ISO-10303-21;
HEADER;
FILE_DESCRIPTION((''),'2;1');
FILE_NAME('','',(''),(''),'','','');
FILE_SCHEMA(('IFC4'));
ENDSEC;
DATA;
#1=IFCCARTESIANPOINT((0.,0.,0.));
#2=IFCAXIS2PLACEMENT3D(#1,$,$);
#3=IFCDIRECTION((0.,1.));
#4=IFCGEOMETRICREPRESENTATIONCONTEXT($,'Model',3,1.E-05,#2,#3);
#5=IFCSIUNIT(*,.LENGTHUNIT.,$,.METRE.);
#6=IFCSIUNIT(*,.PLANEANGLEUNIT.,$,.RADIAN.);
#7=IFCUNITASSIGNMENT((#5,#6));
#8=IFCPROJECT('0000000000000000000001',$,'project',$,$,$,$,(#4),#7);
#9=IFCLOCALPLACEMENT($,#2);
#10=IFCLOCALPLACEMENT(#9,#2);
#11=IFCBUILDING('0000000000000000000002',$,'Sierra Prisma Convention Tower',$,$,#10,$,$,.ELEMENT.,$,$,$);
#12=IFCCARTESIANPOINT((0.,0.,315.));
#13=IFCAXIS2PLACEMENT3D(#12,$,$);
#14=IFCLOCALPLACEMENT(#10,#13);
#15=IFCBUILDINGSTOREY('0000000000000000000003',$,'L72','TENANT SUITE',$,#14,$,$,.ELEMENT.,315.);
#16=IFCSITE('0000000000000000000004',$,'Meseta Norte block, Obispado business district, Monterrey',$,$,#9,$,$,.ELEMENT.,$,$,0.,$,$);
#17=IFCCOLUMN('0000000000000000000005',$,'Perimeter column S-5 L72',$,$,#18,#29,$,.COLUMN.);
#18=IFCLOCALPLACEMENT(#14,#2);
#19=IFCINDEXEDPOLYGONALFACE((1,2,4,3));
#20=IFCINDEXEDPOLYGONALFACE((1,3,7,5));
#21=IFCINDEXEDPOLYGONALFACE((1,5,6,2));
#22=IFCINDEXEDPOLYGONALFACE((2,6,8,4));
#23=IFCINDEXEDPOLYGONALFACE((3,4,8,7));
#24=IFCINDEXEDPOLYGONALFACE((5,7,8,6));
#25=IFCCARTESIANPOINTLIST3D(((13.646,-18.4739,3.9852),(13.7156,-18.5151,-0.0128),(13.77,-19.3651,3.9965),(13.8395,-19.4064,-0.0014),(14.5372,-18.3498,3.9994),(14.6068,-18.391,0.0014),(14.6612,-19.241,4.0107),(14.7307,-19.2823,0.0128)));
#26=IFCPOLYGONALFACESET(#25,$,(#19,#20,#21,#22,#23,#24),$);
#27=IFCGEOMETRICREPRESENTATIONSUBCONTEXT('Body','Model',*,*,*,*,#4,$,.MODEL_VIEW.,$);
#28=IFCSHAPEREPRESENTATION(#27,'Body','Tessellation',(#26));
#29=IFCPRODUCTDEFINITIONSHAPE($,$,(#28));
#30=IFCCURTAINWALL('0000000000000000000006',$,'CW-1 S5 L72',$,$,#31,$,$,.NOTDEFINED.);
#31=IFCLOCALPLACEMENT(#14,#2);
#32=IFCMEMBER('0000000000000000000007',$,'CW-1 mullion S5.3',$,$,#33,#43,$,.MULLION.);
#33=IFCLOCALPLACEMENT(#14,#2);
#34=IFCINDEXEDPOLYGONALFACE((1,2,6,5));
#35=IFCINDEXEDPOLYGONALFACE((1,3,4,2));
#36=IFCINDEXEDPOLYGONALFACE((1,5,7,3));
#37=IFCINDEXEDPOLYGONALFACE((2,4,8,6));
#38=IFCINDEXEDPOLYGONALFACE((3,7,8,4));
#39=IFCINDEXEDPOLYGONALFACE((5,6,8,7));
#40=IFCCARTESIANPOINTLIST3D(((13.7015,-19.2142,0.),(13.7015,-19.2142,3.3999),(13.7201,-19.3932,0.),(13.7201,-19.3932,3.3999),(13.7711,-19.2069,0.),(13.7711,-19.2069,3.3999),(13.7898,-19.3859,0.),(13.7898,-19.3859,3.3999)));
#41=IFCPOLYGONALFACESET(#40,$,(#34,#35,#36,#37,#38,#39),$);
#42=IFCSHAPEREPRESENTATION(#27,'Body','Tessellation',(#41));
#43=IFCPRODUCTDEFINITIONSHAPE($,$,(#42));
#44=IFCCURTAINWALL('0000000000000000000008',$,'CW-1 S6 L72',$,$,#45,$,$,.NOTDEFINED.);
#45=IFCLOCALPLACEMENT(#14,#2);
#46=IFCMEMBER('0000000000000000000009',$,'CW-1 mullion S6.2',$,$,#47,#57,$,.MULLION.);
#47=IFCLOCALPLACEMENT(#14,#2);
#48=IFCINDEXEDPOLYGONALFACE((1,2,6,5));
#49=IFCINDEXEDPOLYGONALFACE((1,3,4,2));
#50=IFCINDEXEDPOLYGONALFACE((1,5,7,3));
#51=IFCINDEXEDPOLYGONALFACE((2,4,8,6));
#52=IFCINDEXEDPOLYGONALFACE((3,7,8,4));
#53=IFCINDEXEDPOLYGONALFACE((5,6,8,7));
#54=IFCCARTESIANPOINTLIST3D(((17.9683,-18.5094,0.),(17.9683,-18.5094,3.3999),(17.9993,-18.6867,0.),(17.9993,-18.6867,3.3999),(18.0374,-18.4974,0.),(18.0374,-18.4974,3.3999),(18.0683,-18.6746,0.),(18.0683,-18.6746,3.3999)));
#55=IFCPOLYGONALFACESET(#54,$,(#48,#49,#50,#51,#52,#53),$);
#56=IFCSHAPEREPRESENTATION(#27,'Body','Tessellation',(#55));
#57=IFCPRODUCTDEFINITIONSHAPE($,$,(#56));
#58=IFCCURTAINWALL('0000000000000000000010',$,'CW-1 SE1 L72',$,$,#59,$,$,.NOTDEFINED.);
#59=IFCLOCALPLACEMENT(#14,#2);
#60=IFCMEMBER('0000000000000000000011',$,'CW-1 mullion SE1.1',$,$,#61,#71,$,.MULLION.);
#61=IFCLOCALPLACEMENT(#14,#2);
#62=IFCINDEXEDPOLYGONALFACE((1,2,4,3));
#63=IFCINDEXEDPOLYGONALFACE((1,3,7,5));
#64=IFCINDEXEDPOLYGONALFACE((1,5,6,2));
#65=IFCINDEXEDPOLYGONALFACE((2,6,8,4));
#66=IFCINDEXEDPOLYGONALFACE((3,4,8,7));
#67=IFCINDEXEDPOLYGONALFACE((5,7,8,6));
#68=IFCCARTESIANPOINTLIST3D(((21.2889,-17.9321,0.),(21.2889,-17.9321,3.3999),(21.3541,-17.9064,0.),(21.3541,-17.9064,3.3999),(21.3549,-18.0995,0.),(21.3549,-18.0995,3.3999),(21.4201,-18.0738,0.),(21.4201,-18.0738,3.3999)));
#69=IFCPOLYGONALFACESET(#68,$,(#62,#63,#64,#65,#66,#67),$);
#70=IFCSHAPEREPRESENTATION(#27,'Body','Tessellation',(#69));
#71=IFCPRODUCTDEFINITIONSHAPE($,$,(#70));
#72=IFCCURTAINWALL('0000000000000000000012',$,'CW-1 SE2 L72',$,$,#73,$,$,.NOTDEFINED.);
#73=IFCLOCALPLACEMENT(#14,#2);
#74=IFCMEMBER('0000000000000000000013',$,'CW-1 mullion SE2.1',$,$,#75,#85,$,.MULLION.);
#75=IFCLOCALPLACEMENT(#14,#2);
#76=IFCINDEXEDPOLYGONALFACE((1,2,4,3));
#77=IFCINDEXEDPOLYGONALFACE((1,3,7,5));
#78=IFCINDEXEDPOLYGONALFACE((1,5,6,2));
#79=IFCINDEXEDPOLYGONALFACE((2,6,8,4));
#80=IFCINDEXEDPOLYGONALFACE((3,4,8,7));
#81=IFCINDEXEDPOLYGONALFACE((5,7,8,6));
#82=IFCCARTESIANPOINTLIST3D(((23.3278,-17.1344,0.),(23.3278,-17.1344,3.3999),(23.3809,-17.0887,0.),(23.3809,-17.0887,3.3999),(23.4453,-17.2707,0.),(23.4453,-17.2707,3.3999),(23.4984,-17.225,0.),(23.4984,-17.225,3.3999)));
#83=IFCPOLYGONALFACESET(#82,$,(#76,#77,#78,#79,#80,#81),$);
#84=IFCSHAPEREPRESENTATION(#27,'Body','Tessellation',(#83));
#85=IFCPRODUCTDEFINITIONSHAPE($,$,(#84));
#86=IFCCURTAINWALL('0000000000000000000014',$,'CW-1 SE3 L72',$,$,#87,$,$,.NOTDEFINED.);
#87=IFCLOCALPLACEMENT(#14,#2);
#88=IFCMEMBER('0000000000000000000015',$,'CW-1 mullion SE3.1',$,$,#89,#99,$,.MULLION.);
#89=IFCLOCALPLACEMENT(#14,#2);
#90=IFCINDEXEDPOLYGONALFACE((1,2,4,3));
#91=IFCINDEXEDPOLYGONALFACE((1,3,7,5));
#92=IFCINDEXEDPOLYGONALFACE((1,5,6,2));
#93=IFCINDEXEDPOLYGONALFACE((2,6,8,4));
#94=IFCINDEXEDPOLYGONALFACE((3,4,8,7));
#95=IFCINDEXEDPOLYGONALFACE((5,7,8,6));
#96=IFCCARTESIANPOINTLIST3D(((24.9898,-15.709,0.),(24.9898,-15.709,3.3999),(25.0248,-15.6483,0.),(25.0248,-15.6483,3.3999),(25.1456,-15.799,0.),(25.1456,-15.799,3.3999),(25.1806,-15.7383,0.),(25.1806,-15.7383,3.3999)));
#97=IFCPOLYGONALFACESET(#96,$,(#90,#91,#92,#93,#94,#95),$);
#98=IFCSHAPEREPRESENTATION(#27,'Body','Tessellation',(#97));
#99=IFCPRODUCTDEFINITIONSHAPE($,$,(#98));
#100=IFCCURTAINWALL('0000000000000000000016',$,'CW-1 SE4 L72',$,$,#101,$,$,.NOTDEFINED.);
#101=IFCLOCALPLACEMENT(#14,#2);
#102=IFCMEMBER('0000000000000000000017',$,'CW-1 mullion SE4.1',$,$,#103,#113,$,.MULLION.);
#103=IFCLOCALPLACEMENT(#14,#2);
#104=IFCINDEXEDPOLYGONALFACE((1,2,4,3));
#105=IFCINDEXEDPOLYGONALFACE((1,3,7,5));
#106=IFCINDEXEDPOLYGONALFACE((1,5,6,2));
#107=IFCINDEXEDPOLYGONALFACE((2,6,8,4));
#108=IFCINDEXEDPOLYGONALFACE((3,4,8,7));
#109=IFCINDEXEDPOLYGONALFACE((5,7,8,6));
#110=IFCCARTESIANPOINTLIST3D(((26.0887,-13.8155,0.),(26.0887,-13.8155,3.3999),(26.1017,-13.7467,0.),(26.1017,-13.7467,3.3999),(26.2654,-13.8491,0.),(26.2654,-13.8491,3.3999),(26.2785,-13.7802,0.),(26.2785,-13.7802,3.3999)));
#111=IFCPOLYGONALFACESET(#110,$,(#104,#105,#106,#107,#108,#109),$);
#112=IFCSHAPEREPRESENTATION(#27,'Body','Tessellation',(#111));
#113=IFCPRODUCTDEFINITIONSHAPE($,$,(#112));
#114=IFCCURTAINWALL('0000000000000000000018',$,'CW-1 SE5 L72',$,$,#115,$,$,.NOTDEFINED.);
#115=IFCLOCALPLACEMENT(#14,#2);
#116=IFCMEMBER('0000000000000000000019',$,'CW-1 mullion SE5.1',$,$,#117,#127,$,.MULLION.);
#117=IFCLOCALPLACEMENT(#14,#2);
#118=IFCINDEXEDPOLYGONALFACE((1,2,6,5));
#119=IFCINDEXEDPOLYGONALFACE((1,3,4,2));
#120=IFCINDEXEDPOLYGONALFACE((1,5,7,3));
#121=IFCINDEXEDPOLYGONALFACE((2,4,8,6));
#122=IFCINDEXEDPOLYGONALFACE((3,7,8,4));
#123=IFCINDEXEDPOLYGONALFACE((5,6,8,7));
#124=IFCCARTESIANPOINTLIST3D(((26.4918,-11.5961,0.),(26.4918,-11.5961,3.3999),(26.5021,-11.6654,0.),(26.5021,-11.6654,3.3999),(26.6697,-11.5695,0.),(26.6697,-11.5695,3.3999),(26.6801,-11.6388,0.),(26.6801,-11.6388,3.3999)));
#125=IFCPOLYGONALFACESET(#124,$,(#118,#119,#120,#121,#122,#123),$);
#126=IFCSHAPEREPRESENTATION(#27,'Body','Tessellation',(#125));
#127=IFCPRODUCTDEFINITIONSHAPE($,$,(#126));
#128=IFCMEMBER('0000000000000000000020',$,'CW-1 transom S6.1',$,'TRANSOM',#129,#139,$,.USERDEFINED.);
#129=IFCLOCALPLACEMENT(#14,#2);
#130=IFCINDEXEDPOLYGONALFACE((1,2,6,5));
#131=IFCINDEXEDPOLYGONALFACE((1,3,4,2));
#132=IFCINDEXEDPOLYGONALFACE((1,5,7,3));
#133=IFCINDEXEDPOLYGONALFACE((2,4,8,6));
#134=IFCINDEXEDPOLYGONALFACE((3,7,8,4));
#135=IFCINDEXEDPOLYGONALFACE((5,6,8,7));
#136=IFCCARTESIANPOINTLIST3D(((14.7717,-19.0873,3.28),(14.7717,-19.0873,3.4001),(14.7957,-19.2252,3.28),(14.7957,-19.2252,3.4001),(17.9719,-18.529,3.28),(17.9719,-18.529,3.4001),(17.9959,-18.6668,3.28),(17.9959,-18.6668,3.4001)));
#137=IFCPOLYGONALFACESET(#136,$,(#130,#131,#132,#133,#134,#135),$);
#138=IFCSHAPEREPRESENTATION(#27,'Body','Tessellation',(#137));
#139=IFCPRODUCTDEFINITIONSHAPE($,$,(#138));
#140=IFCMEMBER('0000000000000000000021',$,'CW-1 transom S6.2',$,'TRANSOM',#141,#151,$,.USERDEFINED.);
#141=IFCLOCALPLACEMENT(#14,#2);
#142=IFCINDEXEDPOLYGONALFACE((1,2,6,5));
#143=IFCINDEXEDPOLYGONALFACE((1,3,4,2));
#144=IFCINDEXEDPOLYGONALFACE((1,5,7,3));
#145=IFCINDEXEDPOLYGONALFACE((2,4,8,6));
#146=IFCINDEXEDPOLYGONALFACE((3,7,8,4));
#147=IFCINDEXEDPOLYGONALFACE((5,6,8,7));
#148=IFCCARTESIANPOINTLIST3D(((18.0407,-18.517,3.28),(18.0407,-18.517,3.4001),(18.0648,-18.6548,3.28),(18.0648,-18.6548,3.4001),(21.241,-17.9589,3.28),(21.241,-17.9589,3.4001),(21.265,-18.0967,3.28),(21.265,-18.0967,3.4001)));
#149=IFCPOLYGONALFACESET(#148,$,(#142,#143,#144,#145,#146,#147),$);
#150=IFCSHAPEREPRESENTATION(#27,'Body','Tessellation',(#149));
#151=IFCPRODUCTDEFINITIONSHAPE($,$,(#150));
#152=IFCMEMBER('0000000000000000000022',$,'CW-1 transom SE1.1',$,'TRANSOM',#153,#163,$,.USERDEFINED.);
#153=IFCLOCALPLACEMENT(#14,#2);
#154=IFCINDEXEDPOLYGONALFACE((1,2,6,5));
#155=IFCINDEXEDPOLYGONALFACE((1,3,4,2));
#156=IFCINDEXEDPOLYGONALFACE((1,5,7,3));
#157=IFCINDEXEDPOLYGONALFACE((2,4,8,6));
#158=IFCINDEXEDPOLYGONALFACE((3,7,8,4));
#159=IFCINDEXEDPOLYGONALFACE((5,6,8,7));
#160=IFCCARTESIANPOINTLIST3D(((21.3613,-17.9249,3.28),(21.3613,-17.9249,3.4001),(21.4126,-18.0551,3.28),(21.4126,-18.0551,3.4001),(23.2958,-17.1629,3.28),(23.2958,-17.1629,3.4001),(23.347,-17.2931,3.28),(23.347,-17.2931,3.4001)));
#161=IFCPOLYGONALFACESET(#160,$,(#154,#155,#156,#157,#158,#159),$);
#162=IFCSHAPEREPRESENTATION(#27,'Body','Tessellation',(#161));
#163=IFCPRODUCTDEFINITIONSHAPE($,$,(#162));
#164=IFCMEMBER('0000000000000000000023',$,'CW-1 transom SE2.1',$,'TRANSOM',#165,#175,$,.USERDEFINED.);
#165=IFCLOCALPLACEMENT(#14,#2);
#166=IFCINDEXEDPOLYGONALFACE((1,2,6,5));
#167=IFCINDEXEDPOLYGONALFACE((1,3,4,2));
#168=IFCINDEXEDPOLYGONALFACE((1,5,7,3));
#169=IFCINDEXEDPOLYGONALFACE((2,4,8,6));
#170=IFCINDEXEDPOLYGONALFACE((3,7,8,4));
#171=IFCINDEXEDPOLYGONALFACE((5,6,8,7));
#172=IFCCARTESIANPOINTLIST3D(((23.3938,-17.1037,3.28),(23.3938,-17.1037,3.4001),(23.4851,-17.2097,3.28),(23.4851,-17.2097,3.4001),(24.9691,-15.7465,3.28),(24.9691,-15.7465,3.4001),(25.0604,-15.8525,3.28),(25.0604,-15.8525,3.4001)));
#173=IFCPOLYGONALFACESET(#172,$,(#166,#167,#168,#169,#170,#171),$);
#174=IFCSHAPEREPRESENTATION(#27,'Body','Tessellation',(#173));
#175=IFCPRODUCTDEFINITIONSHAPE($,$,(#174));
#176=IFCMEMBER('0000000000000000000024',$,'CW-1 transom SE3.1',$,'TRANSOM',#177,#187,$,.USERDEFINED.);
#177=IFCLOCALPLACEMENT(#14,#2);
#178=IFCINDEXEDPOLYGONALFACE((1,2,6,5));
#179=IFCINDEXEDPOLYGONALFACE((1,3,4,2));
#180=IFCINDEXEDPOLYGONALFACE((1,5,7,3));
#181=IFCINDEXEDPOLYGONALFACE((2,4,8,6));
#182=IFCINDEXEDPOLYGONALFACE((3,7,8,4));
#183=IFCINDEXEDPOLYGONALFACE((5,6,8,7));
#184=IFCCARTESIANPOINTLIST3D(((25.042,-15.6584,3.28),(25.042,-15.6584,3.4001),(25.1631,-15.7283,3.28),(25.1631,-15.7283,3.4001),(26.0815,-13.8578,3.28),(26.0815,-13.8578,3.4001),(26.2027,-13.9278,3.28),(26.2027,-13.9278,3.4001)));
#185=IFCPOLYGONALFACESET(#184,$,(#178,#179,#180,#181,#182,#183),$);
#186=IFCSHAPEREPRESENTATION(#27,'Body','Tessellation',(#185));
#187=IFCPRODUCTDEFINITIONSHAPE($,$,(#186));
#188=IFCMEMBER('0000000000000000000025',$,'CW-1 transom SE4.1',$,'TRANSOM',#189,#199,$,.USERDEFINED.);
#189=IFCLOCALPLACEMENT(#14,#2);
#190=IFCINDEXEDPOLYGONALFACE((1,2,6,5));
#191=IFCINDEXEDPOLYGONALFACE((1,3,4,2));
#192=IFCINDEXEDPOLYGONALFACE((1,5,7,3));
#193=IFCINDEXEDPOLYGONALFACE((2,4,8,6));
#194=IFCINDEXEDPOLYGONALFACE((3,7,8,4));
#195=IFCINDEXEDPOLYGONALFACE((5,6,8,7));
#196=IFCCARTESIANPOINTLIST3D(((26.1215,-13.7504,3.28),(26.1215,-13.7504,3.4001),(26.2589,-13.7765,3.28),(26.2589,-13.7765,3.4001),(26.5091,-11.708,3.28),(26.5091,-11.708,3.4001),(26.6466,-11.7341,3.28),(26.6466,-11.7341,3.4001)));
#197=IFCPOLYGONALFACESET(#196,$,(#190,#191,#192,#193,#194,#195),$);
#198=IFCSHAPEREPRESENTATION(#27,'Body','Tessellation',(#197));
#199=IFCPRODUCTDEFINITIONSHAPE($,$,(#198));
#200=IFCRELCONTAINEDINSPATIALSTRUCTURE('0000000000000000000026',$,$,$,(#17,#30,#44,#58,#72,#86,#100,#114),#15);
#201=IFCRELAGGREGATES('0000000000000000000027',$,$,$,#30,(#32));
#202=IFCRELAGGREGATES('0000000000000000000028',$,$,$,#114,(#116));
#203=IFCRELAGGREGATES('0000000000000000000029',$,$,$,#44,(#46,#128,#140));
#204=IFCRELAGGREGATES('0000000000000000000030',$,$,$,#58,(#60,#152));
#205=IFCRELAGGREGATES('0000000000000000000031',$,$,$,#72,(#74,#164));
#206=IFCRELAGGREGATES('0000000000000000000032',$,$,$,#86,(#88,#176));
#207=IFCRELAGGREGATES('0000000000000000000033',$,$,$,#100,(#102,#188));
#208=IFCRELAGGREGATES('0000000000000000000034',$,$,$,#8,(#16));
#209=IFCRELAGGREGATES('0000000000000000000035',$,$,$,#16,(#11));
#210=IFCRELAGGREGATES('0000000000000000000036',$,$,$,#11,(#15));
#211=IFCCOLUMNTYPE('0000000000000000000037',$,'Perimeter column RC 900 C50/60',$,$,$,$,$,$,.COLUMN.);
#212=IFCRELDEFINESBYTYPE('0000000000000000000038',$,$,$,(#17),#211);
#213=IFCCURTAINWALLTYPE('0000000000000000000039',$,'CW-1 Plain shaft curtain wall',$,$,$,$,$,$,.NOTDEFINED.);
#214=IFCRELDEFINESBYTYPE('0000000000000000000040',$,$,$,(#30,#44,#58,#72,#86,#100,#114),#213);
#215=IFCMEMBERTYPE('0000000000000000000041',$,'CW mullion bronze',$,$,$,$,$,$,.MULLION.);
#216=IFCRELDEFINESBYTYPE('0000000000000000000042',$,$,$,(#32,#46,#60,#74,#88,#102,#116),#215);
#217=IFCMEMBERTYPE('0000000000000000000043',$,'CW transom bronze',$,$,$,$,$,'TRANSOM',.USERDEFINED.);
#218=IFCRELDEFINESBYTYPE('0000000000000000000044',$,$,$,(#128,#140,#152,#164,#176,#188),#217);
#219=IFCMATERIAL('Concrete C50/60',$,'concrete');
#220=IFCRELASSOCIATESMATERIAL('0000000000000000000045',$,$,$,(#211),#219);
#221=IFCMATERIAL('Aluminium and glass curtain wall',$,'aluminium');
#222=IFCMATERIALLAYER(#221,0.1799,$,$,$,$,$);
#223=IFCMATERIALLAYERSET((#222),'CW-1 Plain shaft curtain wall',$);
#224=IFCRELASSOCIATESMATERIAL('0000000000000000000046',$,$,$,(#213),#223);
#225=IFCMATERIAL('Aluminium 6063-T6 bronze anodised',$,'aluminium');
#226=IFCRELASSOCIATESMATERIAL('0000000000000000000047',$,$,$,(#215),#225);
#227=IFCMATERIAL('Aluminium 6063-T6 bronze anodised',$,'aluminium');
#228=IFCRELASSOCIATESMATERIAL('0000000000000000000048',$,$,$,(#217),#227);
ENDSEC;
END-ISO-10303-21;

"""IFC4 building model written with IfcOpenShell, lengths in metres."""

from ifc_helpers import new_model, si_unit, direction, frame, origin, origin_2d, place, context, subcontext, project, spatial, rectangle, extrude, clip, halfspace, material, layer, layer_set, material_profile, profile_set, type_object, element, aggregate, save


model = new_model("IFC4")

# Units and contexts
model_context = context("Model", 3, precision=1e-05, world=origin(), true_north=direction((0.0, 1.0)))
body_context = subcontext(model_context, "Body", "Model", "MODEL_VIEW")
ifc_project = project(units=[si_unit("LENGTHUNIT", "METRE"), si_unit("PLANEANGLEUNIT", "RADIAN")], contexts=[model_context])

# Site, building, storey
site_placement = place(None, origin())
site = spatial("IfcSite", under=ifc_project, at=site_placement, Name="Meseta Norte block, Obispado business district, Monterrey", CompositionType="ELEMENT", RefElevation=0.0)
building_placement = place(site_placement, origin())
building = spatial("IfcBuilding", under=site, at=building_placement, Name="Sierra Prisma Convention Tower", CompositionType="ELEMENT")
storey_placement = place(building_placement, frame((0.0, 0.0, 315.0)))
storey = spatial("IfcBuildingStorey", under=building, at=storey_placement, Name="L72", Description="TENANT SUITE", CompositionType="ELEMENT", Elevation=315.0)

# Column
ifc_material_1 = material(Name="Concrete C50/60", Category="concrete")
ifc_material_profile_1 = material_profile(ifc_material_1, rectangle(XDim=0.8999, YDim=0.8999, at=origin_2d()), Name="Perimeter column RC 900 C50/60")
ifc_profile_set_1 = profile_set([ifc_material_profile_1], Name="Concrete C50/60")
column_type = type_object("IfcColumnType", Name="Perimeter column RC 900 C50/60", PredefinedType="COLUMN", material=ifc_profile_set_1)
column_placement = place(storey_placement, frame((14.2231, -18.8987, 0.0), z_axis=(-0.017391, 0.010313, 0.999796), x_axis=(0.990322, 0.137883, 0.015804)))
element("IfcColumn", 1, at=column_placement, inside=storey, type_object=column_type, Name="Perimeter column S-5 L72", PredefinedType="COLUMN", context=body_context, shape_type="SweptSolid", body=[
    clip(extrude(rectangle(XDim=0.8999, YDim=0.8999, at=origin_2d()), origin(), (0.0, 0.0, 1.0), 4.0007), halfspace(frame((0.0, 0.0, 3.9988)), False)),
])

# Curtain walls, members
ifc_material_2 = material(Name="Aluminium and glass curtain wall", Category="aluminium")
ifc_layer_1 = layer(ifc_material_2, 0.1799)
ifc_layer_set_1 = layer_set([ifc_layer_1], Name="CW-1 Plain shaft curtain wall")
curtain_wall_type = type_object("IfcCurtainWallType", Name="CW-1 Plain shaft curtain wall", PredefinedType="NOTDEFINED", material=ifc_layer_set_1)
curtain_wall_1_placement = place(storey_placement, origin())
curtain_wall_1 = element("IfcCurtainWall", 2, at=curtain_wall_1_placement, inside=storey, type_object=curtain_wall_type, Name="CW-1 S5 L72", PredefinedType="NOTDEFINED")
ifc_material_3 = material(Name="Aluminium 6063-T6 bronze anodised", Category="aluminium")
ifc_material_profile_2 = material_profile(ifc_material_3, rectangle(XDim=0.1799, YDim=0.0701, at=origin_2d()), Name="ALU MULLION 70x180")
ifc_profile_set_2 = profile_set([ifc_material_profile_2], Name="Aluminium 6063-T6 bronze anodised")
member_type_1 = type_object("IfcMemberType", Name="CW mullion bronze", PredefinedType="MULLION", material=ifc_profile_set_2)
member_1_placement = place(storey_placement, frame((13.7456, -19.3, 0.0), z_axis=(0.0, 0.0, 1.0), x_axis=(-0.103428, 0.994637, 0.0)))
member_1 = element("IfcMember", 3, at=member_1_placement, type_object=member_type_1, Name="CW-1 mullion S5.3", PredefinedType="MULLION", context=body_context, shape_type="SweptSolid", body=[
    extrude(rectangle(XDim=0.1799, YDim=0.0701, at=origin_2d()), origin(), (0.0, 0.0, 1.0), 3.3999),
])
aggregate(curtain_wall_1, [member_1])
curtain_wall_2_placement = place(storey_placement, origin())
curtain_wall_2 = element("IfcCurtainWall", 4, at=curtain_wall_2_placement, inside=storey, type_object=curtain_wall_type, Name="CW-1 S6 L72", PredefinedType="NOTDEFINED")
member_2_placement = place(storey_placement, frame((18.0183, -18.592, 0.0), z_axis=(0.0, 0.0, 1.0), x_axis=(-0.171832, 0.985126, 0.0)))
member_2 = element("IfcMember", 5, at=member_2_placement, type_object=member_type_1, Name="CW-1 mullion S6.2", PredefinedType="MULLION", context=body_context, shape_type="SweptSolid", body=[
    extrude(rectangle(XDim=0.1799, YDim=0.0701, at=origin_2d()), origin(), (0.0, 0.0, 1.0), 3.3999),
])
curtain_wall_3_placement = place(storey_placement, origin())
curtain_wall_3 = element("IfcCurtainWall", 6, at=curtain_wall_3_placement, inside=storey, type_object=curtain_wall_type, Name="CW-1 SE1 L72", PredefinedType="NOTDEFINED")
member_3_placement = place(storey_placement, frame((21.3545, -18.0029, 0.0), z_axis=(0.0, 0.0, 1.0), x_axis=(-0.366478, 0.930427, 0.0)))
member_3 = element("IfcMember", 7, at=member_3_placement, type_object=member_type_1, Name="CW-1 mullion SE1.1", PredefinedType="MULLION", context=body_context, shape_type="SweptSolid", body=[
    extrude(rectangle(XDim=0.1799, YDim=0.0701, at=origin_2d()), origin(), (0.0, 0.0, 1.0), 3.3999),
])
curtain_wall_4_placement = place(storey_placement, origin())
curtain_wall_4 = element("IfcCurtainWall", 8, at=curtain_wall_4_placement, inside=storey, type_object=curtain_wall_type, Name="CW-1 SE2 L72", PredefinedType="NOTDEFINED")
member_4_placement = place(storey_placement, frame((23.4131, -17.1797, 0.0), z_axis=(0.0, 0.0, 1.0), x_axis=(-0.65275, 0.757573, 0.0)))
member_4 = element("IfcMember", 9, at=member_4_placement, type_object=member_type_1, Name="CW-1 mullion SE2.1", PredefinedType="MULLION", context=body_context, shape_type="SweptSolid", body=[
    extrude(rectangle(XDim=0.1799, YDim=0.0701, at=origin_2d()), origin(), (0.0, 0.0, 1.0), 3.3999),
])
curtain_wall_5_placement = place(storey_placement, origin())
curtain_wall_5 = element("IfcCurtainWall", 10, at=curtain_wall_5_placement, inside=storey, type_object=curtain_wall_type, Name="CW-1 SE3 L72", PredefinedType="NOTDEFINED")
member_5_placement = place(storey_placement, frame((25.0852, -15.7236, 0.0), z_axis=(0.0, 0.0, 1.0), x_axis=(-0.866025, 0.5, 0.0)))
member_5 = element("IfcMember", 11, at=member_5_placement, type_object=member_type_1, Name="CW-1 mullion SE3.1", PredefinedType="MULLION", context=body_context, shape_type="SweptSolid", body=[
    extrude(rectangle(XDim=0.1799, YDim=0.0701, at=origin_2d()), origin(), (0.0, 0.0, 1.0), 3.3999),
])
curtain_wall_6_placement = place(storey_placement, origin())
curtain_wall_6 = element("IfcCurtainWall", 12, at=curtain_wall_6_placement, inside=storey, type_object=curtain_wall_type, Name="CW-1 SE4 L72", PredefinedType="NOTDEFINED")
member_6_placement = place(storey_placement, frame((26.1836, -13.7979, 0.0), z_axis=(0.0, 0.0, 1.0), x_axis=(-0.982453, 0.186512, 0.0)))
member_6 = element("IfcMember", 13, at=member_6_placement, type_object=member_type_1, Name="CW-1 mullion SE4.1", PredefinedType="MULLION", context=body_context, shape_type="SweptSolid", body=[
    extrude(rectangle(XDim=0.1799, YDim=0.0701, at=origin_2d()), origin(), (0.0, 0.0, 1.0), 3.3999),
])
curtain_wall_7_placement = place(storey_placement, origin())
curtain_wall_7 = element("IfcCurtainWall", 14, at=curtain_wall_7_placement, inside=storey, type_object=curtain_wall_type, Name="CW-1 SE5 L72", PredefinedType="NOTDEFINED")
member_7_placement = place(storey_placement, frame((26.5859, -11.6174, 0.0), z_axis=(0.0, 0.0, 1.0), x_axis=(-0.989012, -0.147834, 0.0)))
member_7 = element("IfcMember", 15, at=member_7_placement, type_object=member_type_1, Name="CW-1 mullion SE5.1", PredefinedType="MULLION", context=body_context, shape_type="SweptSolid", body=[
    extrude(rectangle(XDim=0.1799, YDim=0.0701, at=origin_2d()), origin(), (0.0, 0.0, 1.0), 3.3999),
])

# Members
ifc_material_4 = material(Name="Aluminium 6063-T6 bronze anodised", Category="aluminium")
ifc_material_profile_3 = material_profile(ifc_material_4, rectangle(XDim=0.1399, YDim=0.1201, at=origin_2d()), Name="ALU TRANSOM 120x140")
ifc_profile_set_3 = profile_set([ifc_material_profile_3], Name="Aluminium 6063-T6 bronze anodised")
member_type_2 = type_object("IfcMemberType", Name="CW transom bronze", ElementType="TRANSOM", PredefinedType="USERDEFINED", material=ifc_profile_set_3)
member_8_placement = place(storey_placement, frame((14.7837, -19.1562, 3.3401), z_axis=(0.985118, 0.171877, 0.0), x_axis=(-0.171877, 0.985118, 0.0)))
member_8 = element("IfcMember", 16, at=member_8_placement, type_object=member_type_2, Name="CW-1 transom S6.1", ObjectType="TRANSOM", PredefinedType="USERDEFINED", context=body_context, shape_type="SweptSolid", body=[
    extrude(rectangle(XDim=0.1399, YDim=0.1201, at=origin_2d()), origin(), (0.0, 0.0, 1.0), 3.2485),
])
member_9_placement = place(storey_placement, frame((18.0527, -18.5859, 3.3401), z_axis=(0.985131, 0.171804, 0.0), x_axis=(-0.171804, 0.985131, 0.0)))
member_9 = element("IfcMember", 17, at=member_9_placement, type_object=member_type_2, Name="CW-1 transom S6.2", ObjectType="TRANSOM", PredefinedType="USERDEFINED", context=body_context, shape_type="SweptSolid", body=[
    extrude(rectangle(XDim=0.1399, YDim=0.1201, at=origin_2d()), origin(), (0.0, 0.0, 1.0), 3.2485),
])
member_10_placement = place(storey_placement, frame((21.387, -17.99, 3.3401), z_axis=(0.930416, 0.366506, 0.0), x_axis=(-0.366506, 0.930416, 0.0)))
member_10 = element("IfcMember", 18, at=member_10_placement, type_object=member_type_2, Name="CW-1 transom SE1.1", ObjectType="TRANSOM", PredefinedType="USERDEFINED", context=body_context, shape_type="SweptSolid", body=[
    extrude(rectangle(XDim=0.1399, YDim=0.1201, at=origin_2d()), origin(), (0.0, 0.0, 1.0), 2.0791),
])
member_11_placement = place(storey_placement, frame((23.4395, -17.1567, 3.3401), z_axis=(0.757588, 0.652733, 0.0), x_axis=(-0.652733, 0.757588, 0.0)))
member_11 = element("IfcMember", 19, at=member_11_placement, type_object=member_type_2, Name="CW-1 transom SE2.1", ObjectType="TRANSOM", PredefinedType="USERDEFINED", context=body_context, shape_type="SweptSolid", body=[
    extrude(rectangle(XDim=0.1399, YDim=0.1201, at=origin_2d()), origin(), (0.0, 0.0, 1.0), 2.0793),
])
member_12_placement = place(storey_placement, frame((25.1025, -15.6934, 3.3401), z_axis=(0.500004, 0.866023, 0.0), x_axis=(-0.866023, 0.500004, 0.0)))
member_12 = element("IfcMember", 20, at=member_12_placement, type_object=member_type_2, Name="CW-1 transom SE3.1", ObjectType="TRANSOM", PredefinedType="USERDEFINED", context=body_context, shape_type="SweptSolid", body=[
    extrude(rectangle(XDim=0.1399, YDim=0.1201, at=origin_2d()), origin(), (0.0, 0.0, 1.0), 2.0791),
])
member_13_placement = place(storey_placement, frame((26.1902, -13.7634, 3.3401), z_axis=(0.186486, 0.982458, 0.0), x_axis=(-0.982458, 0.186486, 0.0)))
member_13 = element("IfcMember", 21, at=member_13_placement, type_object=member_type_2, Name="CW-1 transom SE4.1", ObjectType="TRANSOM", PredefinedType="USERDEFINED", context=body_context, shape_type="SweptSolid", body=[
    extrude(rectangle(XDim=0.1399, YDim=0.1201, at=origin_2d()), origin(), (0.0, 0.0, 1.0), 2.0789),
])
aggregate(curtain_wall_7, [member_7])

aggregate(curtain_wall_2, [member_2, member_8, member_9])
aggregate(curtain_wall_3, [member_3, member_10])
aggregate(curtain_wall_4, [member_4, member_11])
aggregate(curtain_wall_5, [member_5, member_12])
aggregate(curtain_wall_6, [member_6, member_13])

save(model, "model.ifc")
